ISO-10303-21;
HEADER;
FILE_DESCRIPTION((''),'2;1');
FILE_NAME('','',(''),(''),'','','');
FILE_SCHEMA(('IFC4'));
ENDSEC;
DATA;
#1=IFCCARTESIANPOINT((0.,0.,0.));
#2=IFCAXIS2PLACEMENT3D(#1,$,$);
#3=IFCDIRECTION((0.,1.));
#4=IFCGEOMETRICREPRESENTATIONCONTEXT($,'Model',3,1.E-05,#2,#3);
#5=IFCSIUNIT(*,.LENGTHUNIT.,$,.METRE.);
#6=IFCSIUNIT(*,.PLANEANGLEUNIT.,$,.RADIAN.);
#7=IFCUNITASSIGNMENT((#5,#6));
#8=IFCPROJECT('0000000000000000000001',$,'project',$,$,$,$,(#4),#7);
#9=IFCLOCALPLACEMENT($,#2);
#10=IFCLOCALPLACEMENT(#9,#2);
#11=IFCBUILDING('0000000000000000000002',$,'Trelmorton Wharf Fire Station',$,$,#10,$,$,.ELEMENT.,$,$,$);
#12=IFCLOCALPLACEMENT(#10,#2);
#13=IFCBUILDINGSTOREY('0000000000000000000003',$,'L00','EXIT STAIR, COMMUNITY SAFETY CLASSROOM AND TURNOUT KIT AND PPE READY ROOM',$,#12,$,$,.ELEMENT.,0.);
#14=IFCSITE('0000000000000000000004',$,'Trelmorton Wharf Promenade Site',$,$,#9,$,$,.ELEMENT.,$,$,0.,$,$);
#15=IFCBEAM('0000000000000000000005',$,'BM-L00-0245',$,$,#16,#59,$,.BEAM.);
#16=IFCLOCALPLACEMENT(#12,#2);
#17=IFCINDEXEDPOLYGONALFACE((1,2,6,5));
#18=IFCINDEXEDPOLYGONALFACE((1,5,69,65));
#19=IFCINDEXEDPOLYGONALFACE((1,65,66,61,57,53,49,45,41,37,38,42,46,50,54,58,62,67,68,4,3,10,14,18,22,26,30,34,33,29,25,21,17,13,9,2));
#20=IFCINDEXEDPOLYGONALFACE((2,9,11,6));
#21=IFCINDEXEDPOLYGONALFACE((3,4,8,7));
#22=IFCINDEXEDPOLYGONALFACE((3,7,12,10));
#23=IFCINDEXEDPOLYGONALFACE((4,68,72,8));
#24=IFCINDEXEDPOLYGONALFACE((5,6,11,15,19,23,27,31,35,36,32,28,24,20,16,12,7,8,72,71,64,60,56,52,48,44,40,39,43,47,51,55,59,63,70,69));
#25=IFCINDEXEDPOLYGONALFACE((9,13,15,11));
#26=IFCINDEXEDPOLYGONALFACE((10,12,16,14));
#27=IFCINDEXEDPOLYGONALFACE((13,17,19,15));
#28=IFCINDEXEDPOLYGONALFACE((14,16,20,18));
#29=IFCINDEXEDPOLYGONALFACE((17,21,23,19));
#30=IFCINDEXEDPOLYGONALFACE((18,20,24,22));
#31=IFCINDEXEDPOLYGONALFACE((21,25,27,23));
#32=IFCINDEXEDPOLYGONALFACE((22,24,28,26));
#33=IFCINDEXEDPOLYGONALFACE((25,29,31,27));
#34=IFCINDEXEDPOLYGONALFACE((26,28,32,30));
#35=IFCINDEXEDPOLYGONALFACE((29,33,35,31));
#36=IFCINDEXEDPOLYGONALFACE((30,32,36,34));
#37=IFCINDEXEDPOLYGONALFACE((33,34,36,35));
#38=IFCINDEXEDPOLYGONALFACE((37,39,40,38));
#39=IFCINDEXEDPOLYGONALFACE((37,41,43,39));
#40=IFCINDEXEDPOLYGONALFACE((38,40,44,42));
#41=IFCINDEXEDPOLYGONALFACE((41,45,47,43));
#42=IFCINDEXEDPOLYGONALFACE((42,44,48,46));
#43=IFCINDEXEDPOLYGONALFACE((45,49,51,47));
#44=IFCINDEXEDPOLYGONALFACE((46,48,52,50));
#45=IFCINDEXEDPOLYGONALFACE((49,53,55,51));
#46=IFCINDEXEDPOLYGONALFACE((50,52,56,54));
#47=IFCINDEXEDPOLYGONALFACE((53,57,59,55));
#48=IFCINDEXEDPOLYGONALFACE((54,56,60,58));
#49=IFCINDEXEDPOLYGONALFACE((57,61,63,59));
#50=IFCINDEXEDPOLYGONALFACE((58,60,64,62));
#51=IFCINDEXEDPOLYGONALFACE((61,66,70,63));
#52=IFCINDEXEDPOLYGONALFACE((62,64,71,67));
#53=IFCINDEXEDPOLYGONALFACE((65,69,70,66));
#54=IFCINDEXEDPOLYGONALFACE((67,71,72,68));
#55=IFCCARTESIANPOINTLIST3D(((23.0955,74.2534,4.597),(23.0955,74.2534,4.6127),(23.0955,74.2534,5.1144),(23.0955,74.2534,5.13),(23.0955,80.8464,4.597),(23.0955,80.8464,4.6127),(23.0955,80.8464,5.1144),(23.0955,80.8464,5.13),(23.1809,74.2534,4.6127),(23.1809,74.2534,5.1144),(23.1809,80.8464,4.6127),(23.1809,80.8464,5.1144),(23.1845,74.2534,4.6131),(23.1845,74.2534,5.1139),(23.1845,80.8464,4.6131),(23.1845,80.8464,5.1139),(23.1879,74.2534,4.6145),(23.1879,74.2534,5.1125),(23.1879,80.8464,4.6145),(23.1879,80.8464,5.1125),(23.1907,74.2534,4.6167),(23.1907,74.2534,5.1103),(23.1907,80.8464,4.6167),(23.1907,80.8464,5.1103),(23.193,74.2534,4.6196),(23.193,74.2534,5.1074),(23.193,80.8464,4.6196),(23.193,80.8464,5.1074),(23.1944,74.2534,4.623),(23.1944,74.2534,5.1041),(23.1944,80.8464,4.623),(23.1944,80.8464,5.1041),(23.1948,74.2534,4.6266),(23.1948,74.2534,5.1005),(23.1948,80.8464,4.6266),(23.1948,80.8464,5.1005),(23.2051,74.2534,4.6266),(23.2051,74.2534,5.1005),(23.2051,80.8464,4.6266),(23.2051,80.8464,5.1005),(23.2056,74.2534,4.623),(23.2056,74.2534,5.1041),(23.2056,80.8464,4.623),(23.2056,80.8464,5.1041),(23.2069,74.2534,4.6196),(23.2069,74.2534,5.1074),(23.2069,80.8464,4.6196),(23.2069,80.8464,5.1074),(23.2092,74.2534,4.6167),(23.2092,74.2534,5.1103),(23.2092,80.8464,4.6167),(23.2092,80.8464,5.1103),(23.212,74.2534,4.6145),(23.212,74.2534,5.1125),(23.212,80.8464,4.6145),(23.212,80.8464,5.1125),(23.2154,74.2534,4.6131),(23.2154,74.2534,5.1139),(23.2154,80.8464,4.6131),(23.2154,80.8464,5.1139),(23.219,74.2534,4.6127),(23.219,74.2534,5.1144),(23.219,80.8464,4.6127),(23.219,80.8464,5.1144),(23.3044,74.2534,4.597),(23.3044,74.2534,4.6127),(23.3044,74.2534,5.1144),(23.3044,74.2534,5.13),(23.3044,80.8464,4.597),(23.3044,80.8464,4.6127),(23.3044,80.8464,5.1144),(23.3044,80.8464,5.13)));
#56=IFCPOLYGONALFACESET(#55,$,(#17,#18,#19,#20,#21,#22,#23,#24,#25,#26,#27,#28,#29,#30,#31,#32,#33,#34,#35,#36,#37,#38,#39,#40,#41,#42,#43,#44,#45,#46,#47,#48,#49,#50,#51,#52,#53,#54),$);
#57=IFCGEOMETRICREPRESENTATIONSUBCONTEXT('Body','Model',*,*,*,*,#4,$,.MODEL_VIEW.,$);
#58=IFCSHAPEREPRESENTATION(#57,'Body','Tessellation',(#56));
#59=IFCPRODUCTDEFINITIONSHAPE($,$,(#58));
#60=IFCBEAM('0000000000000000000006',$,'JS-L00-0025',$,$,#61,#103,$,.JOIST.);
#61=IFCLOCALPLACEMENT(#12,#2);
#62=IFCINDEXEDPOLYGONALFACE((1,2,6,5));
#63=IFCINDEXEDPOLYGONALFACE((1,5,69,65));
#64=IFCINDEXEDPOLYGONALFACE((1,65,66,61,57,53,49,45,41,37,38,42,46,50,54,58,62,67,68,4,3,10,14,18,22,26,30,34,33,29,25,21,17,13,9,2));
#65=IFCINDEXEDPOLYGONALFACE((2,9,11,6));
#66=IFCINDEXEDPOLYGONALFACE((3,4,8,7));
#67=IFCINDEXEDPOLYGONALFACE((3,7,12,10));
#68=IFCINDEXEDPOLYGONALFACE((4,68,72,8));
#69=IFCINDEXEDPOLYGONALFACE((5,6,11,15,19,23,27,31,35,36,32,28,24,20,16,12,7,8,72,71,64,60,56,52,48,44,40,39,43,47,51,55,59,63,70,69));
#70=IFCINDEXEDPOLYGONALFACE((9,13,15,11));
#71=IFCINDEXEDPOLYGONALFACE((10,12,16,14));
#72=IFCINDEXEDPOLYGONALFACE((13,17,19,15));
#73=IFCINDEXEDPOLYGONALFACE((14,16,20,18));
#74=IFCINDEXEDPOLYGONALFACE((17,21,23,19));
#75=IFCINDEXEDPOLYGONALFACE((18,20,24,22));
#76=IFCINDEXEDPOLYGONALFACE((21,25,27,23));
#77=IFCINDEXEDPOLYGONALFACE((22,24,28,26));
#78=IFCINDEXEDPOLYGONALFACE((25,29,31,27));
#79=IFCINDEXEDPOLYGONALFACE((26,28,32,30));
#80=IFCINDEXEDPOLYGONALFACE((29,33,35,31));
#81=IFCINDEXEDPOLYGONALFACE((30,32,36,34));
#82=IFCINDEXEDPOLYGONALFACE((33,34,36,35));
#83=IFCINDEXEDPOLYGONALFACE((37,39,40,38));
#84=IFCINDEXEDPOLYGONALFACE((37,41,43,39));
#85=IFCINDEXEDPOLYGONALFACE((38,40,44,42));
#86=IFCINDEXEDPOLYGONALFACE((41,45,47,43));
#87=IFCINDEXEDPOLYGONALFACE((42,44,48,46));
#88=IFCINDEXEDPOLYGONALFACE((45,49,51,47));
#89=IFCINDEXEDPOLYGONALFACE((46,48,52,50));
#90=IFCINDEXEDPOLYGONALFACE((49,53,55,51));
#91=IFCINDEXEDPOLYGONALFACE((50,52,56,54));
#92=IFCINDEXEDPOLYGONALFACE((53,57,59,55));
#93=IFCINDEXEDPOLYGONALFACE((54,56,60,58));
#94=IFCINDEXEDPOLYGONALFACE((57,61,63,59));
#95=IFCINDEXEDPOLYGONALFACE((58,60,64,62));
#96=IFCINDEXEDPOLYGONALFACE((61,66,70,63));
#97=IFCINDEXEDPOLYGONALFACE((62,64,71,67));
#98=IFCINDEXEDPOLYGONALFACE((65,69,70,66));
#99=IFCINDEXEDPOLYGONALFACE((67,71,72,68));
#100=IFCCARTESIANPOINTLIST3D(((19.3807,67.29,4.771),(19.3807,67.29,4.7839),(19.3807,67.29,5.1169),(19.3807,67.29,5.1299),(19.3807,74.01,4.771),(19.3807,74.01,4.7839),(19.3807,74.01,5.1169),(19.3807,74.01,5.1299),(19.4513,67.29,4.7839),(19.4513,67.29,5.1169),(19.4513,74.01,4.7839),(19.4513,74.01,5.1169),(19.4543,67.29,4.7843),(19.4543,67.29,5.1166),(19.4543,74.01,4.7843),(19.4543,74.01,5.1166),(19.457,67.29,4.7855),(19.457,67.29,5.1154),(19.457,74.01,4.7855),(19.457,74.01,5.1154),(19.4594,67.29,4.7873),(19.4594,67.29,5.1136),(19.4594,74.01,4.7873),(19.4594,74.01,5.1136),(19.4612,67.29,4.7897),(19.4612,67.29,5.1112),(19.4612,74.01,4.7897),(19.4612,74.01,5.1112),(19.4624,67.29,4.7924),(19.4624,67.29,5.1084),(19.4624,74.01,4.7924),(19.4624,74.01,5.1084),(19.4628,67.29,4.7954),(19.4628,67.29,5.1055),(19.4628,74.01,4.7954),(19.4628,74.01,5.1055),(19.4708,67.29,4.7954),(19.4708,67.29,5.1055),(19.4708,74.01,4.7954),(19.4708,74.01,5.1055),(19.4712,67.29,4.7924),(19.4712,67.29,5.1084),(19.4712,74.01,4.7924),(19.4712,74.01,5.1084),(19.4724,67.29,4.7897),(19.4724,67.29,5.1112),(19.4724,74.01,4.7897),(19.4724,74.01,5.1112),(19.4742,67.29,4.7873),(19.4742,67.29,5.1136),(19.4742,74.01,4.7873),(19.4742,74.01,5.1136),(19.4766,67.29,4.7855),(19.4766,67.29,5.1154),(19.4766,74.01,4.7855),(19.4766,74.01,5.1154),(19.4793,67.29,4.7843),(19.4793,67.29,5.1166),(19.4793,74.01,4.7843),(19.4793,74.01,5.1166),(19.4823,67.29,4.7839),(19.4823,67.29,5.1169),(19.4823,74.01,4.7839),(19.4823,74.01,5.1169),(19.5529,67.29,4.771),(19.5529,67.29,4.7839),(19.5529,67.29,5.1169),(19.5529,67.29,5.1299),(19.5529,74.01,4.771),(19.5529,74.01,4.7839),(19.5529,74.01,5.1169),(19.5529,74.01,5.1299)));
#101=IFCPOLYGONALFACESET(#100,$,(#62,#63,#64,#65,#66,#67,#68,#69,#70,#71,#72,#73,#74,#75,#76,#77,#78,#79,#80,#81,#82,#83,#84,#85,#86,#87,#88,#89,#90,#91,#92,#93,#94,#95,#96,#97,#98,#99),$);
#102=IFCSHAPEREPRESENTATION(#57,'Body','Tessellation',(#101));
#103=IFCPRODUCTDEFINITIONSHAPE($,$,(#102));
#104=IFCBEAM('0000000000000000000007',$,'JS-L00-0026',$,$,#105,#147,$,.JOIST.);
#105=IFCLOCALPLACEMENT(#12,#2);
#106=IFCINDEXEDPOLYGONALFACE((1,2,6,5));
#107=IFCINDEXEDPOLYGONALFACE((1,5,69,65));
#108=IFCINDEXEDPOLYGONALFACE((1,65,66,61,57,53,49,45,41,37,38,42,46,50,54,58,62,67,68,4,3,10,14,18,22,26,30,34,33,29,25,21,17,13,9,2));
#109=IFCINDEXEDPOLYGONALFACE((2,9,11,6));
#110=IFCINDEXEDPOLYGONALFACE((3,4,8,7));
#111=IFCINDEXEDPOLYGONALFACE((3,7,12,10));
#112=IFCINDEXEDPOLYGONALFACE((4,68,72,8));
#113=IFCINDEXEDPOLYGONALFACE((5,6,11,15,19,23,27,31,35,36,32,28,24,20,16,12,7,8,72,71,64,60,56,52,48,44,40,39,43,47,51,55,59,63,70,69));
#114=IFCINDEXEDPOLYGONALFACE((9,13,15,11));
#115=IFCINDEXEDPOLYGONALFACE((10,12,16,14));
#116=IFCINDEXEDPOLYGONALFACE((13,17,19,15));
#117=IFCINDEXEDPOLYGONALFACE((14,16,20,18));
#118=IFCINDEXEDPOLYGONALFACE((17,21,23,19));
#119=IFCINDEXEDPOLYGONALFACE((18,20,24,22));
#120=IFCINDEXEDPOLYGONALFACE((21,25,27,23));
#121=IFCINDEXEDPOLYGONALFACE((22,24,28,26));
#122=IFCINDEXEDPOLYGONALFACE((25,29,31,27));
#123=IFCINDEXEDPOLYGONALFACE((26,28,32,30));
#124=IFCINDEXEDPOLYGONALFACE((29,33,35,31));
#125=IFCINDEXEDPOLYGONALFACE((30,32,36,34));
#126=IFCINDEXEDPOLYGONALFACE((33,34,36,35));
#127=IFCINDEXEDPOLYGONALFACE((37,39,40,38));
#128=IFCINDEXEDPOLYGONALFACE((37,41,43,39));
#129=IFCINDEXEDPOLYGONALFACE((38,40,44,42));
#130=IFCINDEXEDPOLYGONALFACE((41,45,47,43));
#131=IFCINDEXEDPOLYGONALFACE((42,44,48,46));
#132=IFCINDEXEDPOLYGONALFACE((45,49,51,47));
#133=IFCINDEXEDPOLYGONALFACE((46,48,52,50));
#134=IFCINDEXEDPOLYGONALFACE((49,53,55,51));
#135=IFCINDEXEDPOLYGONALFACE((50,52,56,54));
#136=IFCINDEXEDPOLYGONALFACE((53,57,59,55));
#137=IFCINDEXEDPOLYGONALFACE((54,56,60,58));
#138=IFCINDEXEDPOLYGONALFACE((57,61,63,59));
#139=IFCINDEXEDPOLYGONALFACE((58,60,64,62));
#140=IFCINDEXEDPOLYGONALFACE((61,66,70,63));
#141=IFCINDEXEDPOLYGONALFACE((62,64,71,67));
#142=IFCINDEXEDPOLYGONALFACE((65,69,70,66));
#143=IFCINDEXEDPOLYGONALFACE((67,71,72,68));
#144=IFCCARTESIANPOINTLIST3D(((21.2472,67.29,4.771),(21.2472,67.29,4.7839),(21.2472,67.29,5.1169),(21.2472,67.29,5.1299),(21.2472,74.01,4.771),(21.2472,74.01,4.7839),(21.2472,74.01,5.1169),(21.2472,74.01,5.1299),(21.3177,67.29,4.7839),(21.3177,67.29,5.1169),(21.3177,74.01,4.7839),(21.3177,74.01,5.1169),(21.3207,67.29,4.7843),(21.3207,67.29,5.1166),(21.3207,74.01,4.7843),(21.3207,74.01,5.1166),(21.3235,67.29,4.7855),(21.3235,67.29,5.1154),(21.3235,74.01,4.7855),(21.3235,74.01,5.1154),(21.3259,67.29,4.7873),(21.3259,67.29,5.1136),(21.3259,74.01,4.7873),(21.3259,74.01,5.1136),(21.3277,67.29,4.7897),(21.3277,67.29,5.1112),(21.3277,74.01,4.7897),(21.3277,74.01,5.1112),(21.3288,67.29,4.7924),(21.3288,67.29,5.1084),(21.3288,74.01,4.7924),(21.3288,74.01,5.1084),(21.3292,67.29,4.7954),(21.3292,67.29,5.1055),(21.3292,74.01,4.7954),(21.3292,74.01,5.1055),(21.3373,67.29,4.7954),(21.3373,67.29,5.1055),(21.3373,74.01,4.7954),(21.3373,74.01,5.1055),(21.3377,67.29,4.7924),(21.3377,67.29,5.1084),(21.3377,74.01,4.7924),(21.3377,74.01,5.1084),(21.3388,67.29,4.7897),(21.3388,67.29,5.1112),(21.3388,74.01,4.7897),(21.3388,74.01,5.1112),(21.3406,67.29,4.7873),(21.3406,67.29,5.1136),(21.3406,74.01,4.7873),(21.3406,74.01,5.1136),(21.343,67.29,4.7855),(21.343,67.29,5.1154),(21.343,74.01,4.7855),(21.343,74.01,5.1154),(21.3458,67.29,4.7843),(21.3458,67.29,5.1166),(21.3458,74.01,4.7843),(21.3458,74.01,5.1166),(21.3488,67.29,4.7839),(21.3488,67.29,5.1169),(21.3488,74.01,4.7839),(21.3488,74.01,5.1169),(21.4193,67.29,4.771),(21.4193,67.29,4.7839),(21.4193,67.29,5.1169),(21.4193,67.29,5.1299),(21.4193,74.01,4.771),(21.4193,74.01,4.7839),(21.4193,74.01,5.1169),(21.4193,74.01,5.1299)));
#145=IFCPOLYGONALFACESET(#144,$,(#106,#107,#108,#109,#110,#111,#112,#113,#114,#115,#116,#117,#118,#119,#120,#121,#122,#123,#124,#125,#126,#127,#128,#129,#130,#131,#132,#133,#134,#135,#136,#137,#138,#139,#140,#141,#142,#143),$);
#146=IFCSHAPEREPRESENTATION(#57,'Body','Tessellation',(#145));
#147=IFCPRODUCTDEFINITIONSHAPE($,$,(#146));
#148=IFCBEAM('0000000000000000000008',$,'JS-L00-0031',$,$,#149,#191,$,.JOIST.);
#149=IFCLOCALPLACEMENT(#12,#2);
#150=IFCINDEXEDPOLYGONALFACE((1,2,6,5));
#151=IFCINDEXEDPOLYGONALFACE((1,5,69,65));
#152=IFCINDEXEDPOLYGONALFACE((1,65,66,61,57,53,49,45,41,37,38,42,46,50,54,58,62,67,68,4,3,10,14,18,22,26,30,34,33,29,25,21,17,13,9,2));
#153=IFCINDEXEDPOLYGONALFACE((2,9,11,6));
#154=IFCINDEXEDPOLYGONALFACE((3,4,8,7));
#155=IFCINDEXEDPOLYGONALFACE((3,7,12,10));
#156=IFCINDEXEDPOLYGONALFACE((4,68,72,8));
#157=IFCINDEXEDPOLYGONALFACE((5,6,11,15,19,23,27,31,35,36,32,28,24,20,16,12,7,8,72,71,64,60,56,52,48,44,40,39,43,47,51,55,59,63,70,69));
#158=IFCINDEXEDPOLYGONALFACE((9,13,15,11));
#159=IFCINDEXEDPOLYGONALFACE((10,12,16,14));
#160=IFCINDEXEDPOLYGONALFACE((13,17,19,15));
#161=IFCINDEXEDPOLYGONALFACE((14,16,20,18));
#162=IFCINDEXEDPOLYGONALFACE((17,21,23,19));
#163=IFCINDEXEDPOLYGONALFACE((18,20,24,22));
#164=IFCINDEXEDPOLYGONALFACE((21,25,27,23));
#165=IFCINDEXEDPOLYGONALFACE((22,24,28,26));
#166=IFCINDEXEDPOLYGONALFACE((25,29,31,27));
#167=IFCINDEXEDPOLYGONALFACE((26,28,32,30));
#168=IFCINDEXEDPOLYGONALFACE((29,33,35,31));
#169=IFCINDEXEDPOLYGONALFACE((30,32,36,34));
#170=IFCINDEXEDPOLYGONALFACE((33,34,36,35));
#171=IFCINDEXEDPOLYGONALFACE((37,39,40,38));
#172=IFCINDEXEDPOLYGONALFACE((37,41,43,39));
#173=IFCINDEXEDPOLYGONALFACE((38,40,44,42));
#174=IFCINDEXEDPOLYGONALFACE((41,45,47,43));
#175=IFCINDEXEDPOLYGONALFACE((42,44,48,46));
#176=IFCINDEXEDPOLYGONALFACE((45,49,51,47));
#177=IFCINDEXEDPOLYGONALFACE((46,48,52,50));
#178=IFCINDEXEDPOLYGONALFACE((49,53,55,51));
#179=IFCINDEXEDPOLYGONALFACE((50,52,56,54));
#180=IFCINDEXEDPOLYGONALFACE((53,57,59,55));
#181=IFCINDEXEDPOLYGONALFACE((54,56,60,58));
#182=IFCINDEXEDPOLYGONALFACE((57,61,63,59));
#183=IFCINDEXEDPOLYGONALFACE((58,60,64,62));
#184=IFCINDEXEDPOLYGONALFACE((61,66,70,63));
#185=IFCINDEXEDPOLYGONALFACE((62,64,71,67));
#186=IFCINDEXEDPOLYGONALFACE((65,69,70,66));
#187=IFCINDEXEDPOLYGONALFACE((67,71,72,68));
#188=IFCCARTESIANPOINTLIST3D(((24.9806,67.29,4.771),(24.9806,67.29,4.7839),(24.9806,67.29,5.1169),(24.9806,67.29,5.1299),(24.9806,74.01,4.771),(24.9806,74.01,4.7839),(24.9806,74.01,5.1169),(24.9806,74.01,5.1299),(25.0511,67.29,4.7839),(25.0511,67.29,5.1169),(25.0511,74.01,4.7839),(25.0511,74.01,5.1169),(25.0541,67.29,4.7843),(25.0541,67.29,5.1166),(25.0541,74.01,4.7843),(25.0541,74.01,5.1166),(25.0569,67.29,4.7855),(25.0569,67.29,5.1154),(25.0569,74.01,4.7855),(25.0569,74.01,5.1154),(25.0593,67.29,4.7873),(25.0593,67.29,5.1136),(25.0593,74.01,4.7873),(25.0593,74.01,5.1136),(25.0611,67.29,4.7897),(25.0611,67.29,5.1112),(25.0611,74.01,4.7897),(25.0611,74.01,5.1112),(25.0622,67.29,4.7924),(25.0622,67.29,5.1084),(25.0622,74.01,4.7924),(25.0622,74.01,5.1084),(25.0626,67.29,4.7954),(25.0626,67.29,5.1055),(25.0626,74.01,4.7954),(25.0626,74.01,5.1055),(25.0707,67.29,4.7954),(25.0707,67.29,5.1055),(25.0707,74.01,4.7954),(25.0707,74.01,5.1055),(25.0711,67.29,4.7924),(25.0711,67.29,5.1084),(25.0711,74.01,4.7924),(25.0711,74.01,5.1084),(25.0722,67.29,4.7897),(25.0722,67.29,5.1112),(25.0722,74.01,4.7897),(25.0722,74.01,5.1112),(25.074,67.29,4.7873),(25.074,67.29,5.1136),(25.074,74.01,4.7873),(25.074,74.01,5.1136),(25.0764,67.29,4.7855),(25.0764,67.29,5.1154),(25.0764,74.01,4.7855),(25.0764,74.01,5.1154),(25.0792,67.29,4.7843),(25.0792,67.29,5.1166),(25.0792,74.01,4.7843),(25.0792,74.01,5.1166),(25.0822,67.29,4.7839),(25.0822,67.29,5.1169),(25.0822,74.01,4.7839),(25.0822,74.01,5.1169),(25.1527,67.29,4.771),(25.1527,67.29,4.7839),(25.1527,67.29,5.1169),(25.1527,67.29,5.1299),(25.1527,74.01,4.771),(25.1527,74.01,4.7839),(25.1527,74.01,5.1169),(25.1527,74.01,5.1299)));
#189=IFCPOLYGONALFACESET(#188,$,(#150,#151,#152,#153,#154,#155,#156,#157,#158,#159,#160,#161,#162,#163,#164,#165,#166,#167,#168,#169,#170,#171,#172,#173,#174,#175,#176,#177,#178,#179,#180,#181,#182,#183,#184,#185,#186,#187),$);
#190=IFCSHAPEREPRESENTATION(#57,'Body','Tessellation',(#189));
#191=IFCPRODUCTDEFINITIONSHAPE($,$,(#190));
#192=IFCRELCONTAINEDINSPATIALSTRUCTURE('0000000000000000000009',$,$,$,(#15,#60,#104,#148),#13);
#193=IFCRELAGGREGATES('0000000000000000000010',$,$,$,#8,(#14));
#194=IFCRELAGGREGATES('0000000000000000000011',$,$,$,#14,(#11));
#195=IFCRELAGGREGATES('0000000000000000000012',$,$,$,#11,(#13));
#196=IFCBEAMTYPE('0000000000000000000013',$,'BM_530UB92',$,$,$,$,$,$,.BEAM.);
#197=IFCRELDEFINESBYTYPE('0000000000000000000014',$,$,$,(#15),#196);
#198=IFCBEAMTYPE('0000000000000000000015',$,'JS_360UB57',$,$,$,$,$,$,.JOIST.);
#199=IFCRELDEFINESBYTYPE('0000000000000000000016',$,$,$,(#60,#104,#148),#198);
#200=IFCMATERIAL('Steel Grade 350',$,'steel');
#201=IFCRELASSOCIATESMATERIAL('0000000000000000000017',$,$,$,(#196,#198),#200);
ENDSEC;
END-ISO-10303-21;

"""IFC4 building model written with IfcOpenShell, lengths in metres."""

from ifc_helpers import new_model, si_unit, direction, frame, origin, origin_2d, place, context, subcontext, project, spatial, i_section, extrude, material, material_profile, profile_set, type_object, element, save


model = new_model("IFC4")

# Units and contexts
model_context = context("Model", 3, precision=1e-05, world=origin(), true_north=direction((0.0, 1.0)))
body_context = subcontext(model_context, "Body", "Model", "MODEL_VIEW")
ifc_project = project(units=[si_unit("LENGTHUNIT", "METRE"), si_unit("PLANEANGLEUNIT", "RADIAN")], contexts=[model_context])

# Site, building, storey
site_placement = place(None, origin())
site = spatial("IfcSite", under=ifc_project, at=site_placement, Name="Trelmorton Wharf Promenade Site", CompositionType="ELEMENT", RefElevation=0.0)
building_placement = place(site_placement, origin())
building = spatial("IfcBuilding", under=site, at=building_placement, Name="Trelmorton Wharf Fire Station", CompositionType="ELEMENT")
storey_placement = place(building_placement, origin())
storey = spatial("IfcBuildingStorey", under=building, at=storey_placement, Name="L00", Description="EXIT STAIR, COMMUNITY SAFETY CLASSROOM AND TURNOUT KIT AND PPE READY ROOM", CompositionType="ELEMENT", Elevation=0.0)

# Shared definitions
ifc_material_1 = material(Name="Steel Grade 350", Category="steel")

# Beams
ifc_material_profile_1 = material_profile(ifc_material_1, i_section(OverallWidth=0.209, OverallDepth=0.533, WebThickness=0.0103, FlangeThickness=0.0156, FilletRadius=0.0139, at=origin_2d()), Name="530UB92.4")
ifc_profile_set_1 = profile_set([ifc_material_profile_1], Name="Steel Grade 350")
beam_type_1 = type_object("IfcBeamType", Name="BM_530UB92", PredefinedType="BEAM", material=ifc_profile_set_1)
for number, where, z_axis, x_axis, name in (
    (1, (23.2, 74.2534, 4.8635), (0.0, 1.0, 0.0), (-1.0, 0.0, 0.0), "BM-L00-0245"),
):
    element("IfcBeam", number, at=place(storey_placement, frame(where, z_axis=z_axis, x_axis=x_axis)), inside=storey, type_object=beam_type_1, Name=name, PredefinedType="BEAM", context=body_context, shape_type="SweptSolid", body=[
        extrude(i_section(OverallWidth=0.209, OverallDepth=0.533, WebThickness=0.0103, FlangeThickness=0.0156, FilletRadius=0.0139, at=origin_2d()), origin(), (0.0, 0.0, 1.0), 6.593),
    ])
ifc_material_profile_2 = material_profile(ifc_material_1, i_section(OverallWidth=0.1721, OverallDepth=0.3589, WebThickness=0.0081, FlangeThickness=0.0129, FilletRadius=0.0115, at=origin_2d()), Name="360UB56.7")
ifc_profile_set_2 = profile_set([ifc_material_profile_2], Name="Steel Grade 350")
beam_type_2 = type_object("IfcBeamType", Name="JS_360UB57", PredefinedType="JOIST", material=ifc_profile_set_2)
for number, where, z_axis, x_axis, name in (
    (2, (19.4668, 67.29, 4.9504), (0.0, 1.0, 0.0), (-1.0, 0.0, 0.0), "JS-L00-0025"),
    (3, (21.3333, 67.29, 4.9504), (0.0, 1.0, 0.0), (-1.0, 0.0, 0.0), "JS-L00-0026"),
    (4, (25.0667, 67.29, 4.9504), (0.0, 1.0, 0.0), (-1.0, 0.0, 0.0), "JS-L00-0031"),
):
    element("IfcBeam", number, at=place(storey_placement, frame(where, z_axis=z_axis, x_axis=x_axis)), inside=storey, type_object=beam_type_2, Name=name, PredefinedType="JOIST", context=body_context, shape_type="SweptSolid", body=[
        extrude(i_section(OverallWidth=0.1721, OverallDepth=0.3589, WebThickness=0.0081, FlangeThickness=0.0129, FilletRadius=0.0115, at=origin_2d()), origin(), (0.0, 0.0, 1.0), 6.72),
    ])

save(model, "model.ifc")
